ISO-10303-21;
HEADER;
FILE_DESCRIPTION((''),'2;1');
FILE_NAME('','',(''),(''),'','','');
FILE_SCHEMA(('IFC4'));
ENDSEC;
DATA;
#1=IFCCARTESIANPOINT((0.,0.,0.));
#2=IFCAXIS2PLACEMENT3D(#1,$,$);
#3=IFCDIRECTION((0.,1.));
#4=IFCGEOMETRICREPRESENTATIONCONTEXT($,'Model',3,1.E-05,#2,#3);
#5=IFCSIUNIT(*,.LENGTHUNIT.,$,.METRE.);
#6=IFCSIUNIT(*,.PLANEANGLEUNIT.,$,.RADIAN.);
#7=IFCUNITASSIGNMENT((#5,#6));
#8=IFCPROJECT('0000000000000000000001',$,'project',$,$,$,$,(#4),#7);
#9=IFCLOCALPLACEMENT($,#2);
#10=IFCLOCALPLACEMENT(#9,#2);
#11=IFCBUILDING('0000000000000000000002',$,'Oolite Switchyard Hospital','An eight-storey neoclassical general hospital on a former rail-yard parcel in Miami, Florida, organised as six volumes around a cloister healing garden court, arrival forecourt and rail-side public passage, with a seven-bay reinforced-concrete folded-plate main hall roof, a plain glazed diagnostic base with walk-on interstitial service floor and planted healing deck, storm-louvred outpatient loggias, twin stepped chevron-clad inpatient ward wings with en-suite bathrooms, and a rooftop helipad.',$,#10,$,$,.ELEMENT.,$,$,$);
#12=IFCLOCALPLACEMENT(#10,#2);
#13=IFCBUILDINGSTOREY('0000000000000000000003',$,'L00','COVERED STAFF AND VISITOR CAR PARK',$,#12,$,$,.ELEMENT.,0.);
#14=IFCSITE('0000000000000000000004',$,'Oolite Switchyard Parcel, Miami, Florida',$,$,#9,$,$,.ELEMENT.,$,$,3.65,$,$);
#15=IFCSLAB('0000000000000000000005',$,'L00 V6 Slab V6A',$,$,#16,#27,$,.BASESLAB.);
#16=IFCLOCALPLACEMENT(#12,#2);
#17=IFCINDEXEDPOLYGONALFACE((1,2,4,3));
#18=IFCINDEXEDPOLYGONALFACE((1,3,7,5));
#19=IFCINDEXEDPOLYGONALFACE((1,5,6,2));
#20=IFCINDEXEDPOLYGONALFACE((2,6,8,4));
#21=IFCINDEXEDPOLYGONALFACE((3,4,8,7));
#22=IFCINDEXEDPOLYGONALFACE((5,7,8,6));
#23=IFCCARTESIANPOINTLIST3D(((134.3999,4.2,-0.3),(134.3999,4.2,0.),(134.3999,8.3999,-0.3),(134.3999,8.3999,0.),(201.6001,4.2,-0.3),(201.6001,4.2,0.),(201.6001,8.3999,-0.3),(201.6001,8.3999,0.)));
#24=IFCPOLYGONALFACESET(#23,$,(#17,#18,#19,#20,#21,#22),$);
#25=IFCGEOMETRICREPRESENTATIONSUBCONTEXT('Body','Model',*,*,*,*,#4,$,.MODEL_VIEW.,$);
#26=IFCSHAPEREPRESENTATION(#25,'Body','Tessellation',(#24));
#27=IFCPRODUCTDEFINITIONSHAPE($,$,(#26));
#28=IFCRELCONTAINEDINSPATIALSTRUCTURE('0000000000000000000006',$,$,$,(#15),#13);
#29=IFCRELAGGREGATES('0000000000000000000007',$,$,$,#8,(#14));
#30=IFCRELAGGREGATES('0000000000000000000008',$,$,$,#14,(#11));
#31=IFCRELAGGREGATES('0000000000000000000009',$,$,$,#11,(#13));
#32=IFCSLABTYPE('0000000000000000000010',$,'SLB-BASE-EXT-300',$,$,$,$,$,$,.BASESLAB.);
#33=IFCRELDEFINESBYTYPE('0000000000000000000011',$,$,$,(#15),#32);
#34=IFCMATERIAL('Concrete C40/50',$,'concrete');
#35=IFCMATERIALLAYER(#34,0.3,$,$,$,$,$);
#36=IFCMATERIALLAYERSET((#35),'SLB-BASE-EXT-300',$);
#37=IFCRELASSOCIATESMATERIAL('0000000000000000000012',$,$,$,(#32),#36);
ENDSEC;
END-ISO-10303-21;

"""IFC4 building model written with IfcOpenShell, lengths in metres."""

from ifc_helpers import new_model, si_unit, direction, frame, origin, place, context, subcontext, project, spatial, polyline, outline, extrude, material, layer, layer_set, type_object, element, save


model = new_model("IFC4")

# Units and contexts
model_context = context("Model", 3, precision=1e-05, world=origin(), true_north=direction((0.0, 1.0)))
body_context = subcontext(model_context, "Body", "Model", "MODEL_VIEW")
ifc_project = project(units=[si_unit("LENGTHUNIT", "METRE"), si_unit("PLANEANGLEUNIT", "RADIAN")], contexts=[model_context])

# Site, building, storey
site_placement = place(None, origin())
site = spatial("IfcSite", under=ifc_project, at=site_placement, Name="Oolite Switchyard Parcel, Miami, Florida", CompositionType="ELEMENT", RefElevation=3.65)
building_placement = place(site_placement, origin())
building = spatial("IfcBuilding", under=site, at=building_placement, Name="Oolite Switchyard Hospital", Description="An eight-storey neoclassical general hospital on a former rail-yard parcel in Miami, Florida, organised as six volumes around a cloister healing garden court, arrival forecourt and rail-side public passage, with a seven-bay reinforced-concrete folded-plate main hall roof, a plain glazed diagnostic base with walk-on interstitial service floor and planted healing deck, storm-louvred outpatient loggias, twin stepped chevron-clad inpatient ward wings with en-suite bathrooms, and a rooftop helipad.", CompositionType="ELEMENT")
storey_placement = place(building_placement, origin())
storey = spatial("IfcBuildingStorey", under=building, at=storey_placement, Name="L00", Description="COVERED STAFF AND VISITOR CAR PARK", CompositionType="ELEMENT", Elevation=0.0)

# Shared definitions
ifc_material_1 = material(Name="Concrete C40/50", Category="concrete")

# Slab
ifc_layer_1 = layer(ifc_material_1, 0.3)
ifc_layer_set_1 = layer_set([ifc_layer_1], Name="SLB-BASE-EXT-300")
slab_type_1 = type_object("IfcSlabType", Name="SLB-BASE-EXT-300", PredefinedType="BASESLAB", material=ifc_layer_set_1)
slab_1_placement = place(storey_placement, frame((0.0, 0.0, -0.3)))
element("IfcSlab", 1, at=slab_1_placement, inside=storey, type_object=slab_type_1, Name="L00 V6 Slab V6A", PredefinedType="BASESLAB", context=body_context, shape_type="SweptSolid", body=[
    extrude(outline(polyline([(134.3999, 4.2), (201.6001, 4.2), (201.6001, 8.3999), (134.3999, 8.3999), (134.3999, 4.2)])), origin(), (0.0, 0.0, 1.0), 0.3),
])

save(model, "model.ifc")
